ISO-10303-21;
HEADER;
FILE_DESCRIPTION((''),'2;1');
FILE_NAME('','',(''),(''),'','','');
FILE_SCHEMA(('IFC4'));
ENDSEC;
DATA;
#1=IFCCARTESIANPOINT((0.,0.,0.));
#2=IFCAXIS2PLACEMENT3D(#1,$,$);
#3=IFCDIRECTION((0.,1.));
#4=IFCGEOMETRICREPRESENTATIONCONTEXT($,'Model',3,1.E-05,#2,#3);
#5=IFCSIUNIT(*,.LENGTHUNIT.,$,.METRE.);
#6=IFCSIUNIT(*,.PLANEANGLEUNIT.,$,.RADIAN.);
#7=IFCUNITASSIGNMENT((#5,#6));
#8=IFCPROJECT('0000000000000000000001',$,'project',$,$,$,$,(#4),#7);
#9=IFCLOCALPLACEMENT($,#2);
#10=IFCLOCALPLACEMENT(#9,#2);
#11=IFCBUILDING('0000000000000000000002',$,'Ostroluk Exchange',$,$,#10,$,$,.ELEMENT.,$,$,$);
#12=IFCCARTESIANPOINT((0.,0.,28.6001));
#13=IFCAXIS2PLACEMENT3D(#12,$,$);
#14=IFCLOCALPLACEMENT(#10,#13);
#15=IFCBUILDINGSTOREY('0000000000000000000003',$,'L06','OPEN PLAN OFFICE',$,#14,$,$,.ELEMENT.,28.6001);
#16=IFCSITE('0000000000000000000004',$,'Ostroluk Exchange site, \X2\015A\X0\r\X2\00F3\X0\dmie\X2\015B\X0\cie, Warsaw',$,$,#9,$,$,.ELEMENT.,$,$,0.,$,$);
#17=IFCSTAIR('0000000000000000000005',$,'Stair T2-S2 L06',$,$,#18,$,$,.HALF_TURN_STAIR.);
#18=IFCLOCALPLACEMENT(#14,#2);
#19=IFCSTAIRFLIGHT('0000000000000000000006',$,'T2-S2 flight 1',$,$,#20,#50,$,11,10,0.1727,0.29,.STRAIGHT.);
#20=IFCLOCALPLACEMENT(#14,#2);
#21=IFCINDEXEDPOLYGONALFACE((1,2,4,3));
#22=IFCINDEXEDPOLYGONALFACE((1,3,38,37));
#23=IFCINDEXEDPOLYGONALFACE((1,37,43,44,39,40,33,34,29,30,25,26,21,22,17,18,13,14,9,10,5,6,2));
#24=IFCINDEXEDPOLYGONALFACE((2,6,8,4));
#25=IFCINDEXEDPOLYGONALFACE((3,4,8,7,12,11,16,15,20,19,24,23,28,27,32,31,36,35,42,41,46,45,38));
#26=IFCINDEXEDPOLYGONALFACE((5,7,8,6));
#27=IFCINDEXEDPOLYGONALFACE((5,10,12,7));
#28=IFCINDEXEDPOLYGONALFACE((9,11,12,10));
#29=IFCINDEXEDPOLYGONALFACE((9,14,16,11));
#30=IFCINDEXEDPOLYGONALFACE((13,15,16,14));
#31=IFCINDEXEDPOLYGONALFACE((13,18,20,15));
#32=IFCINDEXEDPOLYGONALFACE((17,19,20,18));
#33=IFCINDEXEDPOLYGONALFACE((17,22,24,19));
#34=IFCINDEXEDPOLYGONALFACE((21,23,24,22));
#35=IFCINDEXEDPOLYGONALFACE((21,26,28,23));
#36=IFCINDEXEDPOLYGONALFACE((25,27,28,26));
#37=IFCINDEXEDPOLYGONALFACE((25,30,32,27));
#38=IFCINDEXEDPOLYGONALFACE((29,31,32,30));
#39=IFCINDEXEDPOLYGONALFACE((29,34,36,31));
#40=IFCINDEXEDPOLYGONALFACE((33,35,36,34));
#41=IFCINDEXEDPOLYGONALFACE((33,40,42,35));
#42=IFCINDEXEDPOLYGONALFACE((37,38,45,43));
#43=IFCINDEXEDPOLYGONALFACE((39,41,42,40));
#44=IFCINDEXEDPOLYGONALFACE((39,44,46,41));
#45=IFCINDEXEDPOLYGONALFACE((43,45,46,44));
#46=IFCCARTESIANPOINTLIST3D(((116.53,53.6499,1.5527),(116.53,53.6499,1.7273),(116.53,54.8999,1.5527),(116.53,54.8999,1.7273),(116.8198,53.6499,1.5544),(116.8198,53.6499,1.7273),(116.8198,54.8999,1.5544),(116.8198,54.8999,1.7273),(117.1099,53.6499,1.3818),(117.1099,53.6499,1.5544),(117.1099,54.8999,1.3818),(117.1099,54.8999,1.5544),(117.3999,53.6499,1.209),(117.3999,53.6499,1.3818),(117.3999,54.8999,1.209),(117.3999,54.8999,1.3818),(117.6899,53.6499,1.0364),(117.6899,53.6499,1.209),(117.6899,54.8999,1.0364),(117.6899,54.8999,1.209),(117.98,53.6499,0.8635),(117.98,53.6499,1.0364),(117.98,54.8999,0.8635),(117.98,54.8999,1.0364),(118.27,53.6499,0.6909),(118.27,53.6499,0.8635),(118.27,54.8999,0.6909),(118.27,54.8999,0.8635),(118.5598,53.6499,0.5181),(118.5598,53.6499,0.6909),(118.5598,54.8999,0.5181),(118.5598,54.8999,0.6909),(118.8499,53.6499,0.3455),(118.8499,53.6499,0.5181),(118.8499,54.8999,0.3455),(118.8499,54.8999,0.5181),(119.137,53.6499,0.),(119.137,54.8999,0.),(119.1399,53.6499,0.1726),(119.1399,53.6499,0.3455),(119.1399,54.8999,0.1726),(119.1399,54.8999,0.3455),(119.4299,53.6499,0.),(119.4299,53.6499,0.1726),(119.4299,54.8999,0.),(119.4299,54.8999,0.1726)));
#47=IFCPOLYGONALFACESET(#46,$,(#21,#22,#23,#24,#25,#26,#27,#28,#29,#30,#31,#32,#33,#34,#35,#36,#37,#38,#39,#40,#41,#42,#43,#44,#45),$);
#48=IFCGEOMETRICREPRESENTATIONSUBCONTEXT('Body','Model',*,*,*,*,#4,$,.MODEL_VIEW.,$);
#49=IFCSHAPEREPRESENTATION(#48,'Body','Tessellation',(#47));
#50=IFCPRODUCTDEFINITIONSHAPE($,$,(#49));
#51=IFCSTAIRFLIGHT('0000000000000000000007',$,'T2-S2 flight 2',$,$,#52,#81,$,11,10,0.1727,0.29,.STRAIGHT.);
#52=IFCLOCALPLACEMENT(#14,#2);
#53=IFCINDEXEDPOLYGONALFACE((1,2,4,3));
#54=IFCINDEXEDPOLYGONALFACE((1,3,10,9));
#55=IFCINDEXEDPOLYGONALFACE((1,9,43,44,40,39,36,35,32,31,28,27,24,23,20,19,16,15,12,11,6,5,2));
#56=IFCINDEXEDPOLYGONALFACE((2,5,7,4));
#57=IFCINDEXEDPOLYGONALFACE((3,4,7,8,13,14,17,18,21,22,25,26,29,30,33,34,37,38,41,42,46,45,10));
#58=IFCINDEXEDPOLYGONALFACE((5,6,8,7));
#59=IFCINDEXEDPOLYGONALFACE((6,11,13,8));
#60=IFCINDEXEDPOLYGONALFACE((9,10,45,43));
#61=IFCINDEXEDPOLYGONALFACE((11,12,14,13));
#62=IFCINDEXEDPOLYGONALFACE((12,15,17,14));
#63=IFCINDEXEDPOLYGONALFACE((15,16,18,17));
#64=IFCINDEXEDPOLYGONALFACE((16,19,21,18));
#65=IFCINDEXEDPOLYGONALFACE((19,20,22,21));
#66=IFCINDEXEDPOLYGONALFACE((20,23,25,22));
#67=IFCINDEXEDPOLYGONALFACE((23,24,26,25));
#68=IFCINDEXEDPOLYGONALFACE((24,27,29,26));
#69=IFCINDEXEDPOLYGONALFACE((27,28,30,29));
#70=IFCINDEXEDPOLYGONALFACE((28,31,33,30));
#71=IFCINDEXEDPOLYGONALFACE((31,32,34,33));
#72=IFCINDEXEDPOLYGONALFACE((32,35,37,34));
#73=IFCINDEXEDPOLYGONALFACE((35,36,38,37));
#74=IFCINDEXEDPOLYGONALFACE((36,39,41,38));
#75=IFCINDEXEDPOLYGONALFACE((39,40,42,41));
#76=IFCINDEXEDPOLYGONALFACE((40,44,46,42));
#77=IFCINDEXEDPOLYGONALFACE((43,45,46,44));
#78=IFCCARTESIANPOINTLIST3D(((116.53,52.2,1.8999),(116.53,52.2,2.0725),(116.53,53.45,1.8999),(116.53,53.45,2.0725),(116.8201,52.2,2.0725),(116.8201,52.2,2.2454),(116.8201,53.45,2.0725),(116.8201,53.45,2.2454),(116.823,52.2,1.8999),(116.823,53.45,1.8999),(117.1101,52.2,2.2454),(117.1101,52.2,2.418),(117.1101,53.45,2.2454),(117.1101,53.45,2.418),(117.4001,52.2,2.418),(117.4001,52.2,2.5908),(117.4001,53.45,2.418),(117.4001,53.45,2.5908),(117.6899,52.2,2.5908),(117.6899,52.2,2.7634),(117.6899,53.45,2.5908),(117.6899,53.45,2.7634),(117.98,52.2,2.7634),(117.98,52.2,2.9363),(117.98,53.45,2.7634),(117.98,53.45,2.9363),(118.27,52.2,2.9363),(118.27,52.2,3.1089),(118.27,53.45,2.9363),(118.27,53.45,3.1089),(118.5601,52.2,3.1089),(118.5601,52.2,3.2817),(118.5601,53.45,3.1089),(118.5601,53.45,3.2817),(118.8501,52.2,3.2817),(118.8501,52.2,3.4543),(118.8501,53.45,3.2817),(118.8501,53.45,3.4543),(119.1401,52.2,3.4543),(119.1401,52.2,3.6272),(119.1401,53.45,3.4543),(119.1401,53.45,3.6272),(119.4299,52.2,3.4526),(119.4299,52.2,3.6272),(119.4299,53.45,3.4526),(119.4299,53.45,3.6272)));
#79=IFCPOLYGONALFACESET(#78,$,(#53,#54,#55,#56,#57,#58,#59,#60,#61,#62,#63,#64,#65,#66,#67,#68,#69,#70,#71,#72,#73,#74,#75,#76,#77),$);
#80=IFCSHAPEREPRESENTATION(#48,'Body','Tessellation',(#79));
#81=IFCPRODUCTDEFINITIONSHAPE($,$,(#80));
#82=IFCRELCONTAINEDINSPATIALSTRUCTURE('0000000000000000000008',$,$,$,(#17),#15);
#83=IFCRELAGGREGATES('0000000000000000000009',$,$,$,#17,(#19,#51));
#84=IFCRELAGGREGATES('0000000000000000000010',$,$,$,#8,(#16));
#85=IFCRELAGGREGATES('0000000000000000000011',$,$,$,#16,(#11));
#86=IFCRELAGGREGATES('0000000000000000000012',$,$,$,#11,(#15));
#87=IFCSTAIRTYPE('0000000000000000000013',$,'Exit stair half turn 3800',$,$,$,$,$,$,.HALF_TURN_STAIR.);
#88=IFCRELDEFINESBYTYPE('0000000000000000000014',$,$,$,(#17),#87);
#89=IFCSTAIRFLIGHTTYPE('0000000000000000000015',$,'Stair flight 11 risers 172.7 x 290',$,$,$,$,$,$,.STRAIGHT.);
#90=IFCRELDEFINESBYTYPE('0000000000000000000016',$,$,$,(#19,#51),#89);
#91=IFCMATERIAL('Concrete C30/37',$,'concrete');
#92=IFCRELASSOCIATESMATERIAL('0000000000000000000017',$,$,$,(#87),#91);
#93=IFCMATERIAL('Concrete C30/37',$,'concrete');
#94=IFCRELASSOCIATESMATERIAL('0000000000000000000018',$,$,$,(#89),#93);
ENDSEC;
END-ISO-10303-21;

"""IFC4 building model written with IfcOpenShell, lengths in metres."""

from ifc_helpers import new_model, si_unit, direction, frame, origin, place, context, subcontext, project, spatial, polyline, outline, extrude, material, type_object, element, aggregate, save


model = new_model("IFC4")

# Units and contexts
model_context = context("Model", 3, precision=1e-05, world=origin(), true_north=direction((0.0, 1.0)))
body_context = subcontext(model_context, "Body", "Model", "MODEL_VIEW")
ifc_project = project(units=[si_unit("LENGTHUNIT", "METRE"), si_unit("PLANEANGLEUNIT", "RADIAN")], contexts=[model_context])

# Site, building, storey
site_placement = place(None, origin())
site = spatial("IfcSite", under=ifc_project, at=site_placement, Name="Ostroluk Exchange site, Śródmieście, Warsaw", CompositionType="ELEMENT", RefElevation=0.0)
building_placement = place(site_placement, origin())
building = spatial("IfcBuilding", under=site, at=building_placement, Name="Ostroluk Exchange", CompositionType="ELEMENT")
storey_placement = place(building_placement, frame((0.0, 0.0, 28.6001)))
storey = spatial("IfcBuildingStorey", under=building, at=storey_placement, Name="L06", Description="OPEN PLAN OFFICE", CompositionType="ELEMENT", Elevation=28.6001)

# Stair, stair flights
ifc_material_1 = material(Name="Concrete C30/37", Category="concrete")
stair_type = type_object("IfcStairType", Name="Exit stair half turn 3800", PredefinedType="HALF_TURN_STAIR", material=ifc_material_1)
stair_placement = place(storey_placement, origin())
stair = element("IfcStair", 1, at=stair_placement, inside=storey, type_object=stair_type, Name="Stair T2-S2 L06", PredefinedType="HALF_TURN_STAIR")
ifc_material_2 = material(Name="Concrete C30/37", Category="concrete")
stair_flight_type = type_object("IfcStairFlightType", Name="Stair flight 11 risers 172.7 x 290", PredefinedType="STRAIGHT", material=ifc_material_2)
stair_flight_1_placement = place(storey_placement, frame((119.4299, 54.2749, 0.0), z_axis=(0.0, 0.0, 1.0), x_axis=(-1.0, 0.0, 0.0)))
stair_flight_1 = element("IfcStairFlight", 2, at=stair_flight_1_placement, type_object=stair_flight_type, Name="T2-S2 flight 1", NumberOfRisers=11, NumberOfTreads=10, PredefinedType="STRAIGHT", RiserHeight=0.1727, TreadLength=0.29, context=body_context, shape_type="SweptSolid", body=[
    extrude(outline(polyline([(0.0, 0.0), (0.0, 0.1726), (0.29, 0.1726), (0.29, 0.3455), (0.5801, 0.3455), (0.5801, 0.5181), (0.8701, 0.5181), (0.8701, 0.6909), (1.1599, 0.6909), (1.1599, 0.8635), (1.45, 0.8635), (1.45, 1.0364), (1.74, 1.0364), (1.74, 1.209), (2.03, 1.209), (2.03, 1.3818), (2.3201, 1.3818), (2.3201, 1.5544), (2.6101, 1.5544), (2.6101, 1.7273), (2.8999, 1.7273), (2.8999, 1.8999), (2.8999, 1.5527), (0.293, 0.0), (0.0, 0.0)])), frame((0.0, 0.625, 0.0), z_axis=(0.0, -1.0, 0.0), x_axis=(1.0, 0.0, 0.0)), (0.0, 0.0, 1.0), 1.25),
])
stair_flight_2_placement = place(storey_placement, frame((116.53, 52.825, 1.8999), z_axis=(0.0, 0.0, 1.0), x_axis=(1.0, 0.0, 0.0)))
stair_flight_2 = element("IfcStairFlight", 3, at=stair_flight_2_placement, type_object=stair_flight_type, Name="T2-S2 flight 2", NumberOfRisers=11, NumberOfTreads=10, PredefinedType="STRAIGHT", RiserHeight=0.1727, TreadLength=0.29, context=body_context, shape_type="SweptSolid", body=[
    extrude(outline(polyline([(0.0, 0.0), (0.0, 0.1726), (0.29, 0.1726), (0.29, 0.3455), (0.5801, 0.3455), (0.5801, 0.5181), (0.8701, 0.5181), (0.8701, 0.6909), (1.1599, 0.6909), (1.1599, 0.8635), (1.45, 0.8635), (1.45, 1.0364), (1.74, 1.0364), (1.74, 1.209), (2.03, 1.209), (2.03, 1.3818), (2.3201, 1.3818), (2.3201, 1.5544), (2.6101, 1.5544), (2.6101, 1.7273), (2.8999, 1.7273), (2.8999, 1.8999), (2.8999, 1.5527), (0.293, 0.0), (0.0, 0.0)])), frame((0.0, 0.625, 0.0), z_axis=(0.0, -1.0, 0.0), x_axis=(1.0, 0.0, 0.0)), (0.0, 0.0, 1.0), 1.25),
])
aggregate(stair, [stair_flight_1, stair_flight_2])

save(model, "model.ifc")
